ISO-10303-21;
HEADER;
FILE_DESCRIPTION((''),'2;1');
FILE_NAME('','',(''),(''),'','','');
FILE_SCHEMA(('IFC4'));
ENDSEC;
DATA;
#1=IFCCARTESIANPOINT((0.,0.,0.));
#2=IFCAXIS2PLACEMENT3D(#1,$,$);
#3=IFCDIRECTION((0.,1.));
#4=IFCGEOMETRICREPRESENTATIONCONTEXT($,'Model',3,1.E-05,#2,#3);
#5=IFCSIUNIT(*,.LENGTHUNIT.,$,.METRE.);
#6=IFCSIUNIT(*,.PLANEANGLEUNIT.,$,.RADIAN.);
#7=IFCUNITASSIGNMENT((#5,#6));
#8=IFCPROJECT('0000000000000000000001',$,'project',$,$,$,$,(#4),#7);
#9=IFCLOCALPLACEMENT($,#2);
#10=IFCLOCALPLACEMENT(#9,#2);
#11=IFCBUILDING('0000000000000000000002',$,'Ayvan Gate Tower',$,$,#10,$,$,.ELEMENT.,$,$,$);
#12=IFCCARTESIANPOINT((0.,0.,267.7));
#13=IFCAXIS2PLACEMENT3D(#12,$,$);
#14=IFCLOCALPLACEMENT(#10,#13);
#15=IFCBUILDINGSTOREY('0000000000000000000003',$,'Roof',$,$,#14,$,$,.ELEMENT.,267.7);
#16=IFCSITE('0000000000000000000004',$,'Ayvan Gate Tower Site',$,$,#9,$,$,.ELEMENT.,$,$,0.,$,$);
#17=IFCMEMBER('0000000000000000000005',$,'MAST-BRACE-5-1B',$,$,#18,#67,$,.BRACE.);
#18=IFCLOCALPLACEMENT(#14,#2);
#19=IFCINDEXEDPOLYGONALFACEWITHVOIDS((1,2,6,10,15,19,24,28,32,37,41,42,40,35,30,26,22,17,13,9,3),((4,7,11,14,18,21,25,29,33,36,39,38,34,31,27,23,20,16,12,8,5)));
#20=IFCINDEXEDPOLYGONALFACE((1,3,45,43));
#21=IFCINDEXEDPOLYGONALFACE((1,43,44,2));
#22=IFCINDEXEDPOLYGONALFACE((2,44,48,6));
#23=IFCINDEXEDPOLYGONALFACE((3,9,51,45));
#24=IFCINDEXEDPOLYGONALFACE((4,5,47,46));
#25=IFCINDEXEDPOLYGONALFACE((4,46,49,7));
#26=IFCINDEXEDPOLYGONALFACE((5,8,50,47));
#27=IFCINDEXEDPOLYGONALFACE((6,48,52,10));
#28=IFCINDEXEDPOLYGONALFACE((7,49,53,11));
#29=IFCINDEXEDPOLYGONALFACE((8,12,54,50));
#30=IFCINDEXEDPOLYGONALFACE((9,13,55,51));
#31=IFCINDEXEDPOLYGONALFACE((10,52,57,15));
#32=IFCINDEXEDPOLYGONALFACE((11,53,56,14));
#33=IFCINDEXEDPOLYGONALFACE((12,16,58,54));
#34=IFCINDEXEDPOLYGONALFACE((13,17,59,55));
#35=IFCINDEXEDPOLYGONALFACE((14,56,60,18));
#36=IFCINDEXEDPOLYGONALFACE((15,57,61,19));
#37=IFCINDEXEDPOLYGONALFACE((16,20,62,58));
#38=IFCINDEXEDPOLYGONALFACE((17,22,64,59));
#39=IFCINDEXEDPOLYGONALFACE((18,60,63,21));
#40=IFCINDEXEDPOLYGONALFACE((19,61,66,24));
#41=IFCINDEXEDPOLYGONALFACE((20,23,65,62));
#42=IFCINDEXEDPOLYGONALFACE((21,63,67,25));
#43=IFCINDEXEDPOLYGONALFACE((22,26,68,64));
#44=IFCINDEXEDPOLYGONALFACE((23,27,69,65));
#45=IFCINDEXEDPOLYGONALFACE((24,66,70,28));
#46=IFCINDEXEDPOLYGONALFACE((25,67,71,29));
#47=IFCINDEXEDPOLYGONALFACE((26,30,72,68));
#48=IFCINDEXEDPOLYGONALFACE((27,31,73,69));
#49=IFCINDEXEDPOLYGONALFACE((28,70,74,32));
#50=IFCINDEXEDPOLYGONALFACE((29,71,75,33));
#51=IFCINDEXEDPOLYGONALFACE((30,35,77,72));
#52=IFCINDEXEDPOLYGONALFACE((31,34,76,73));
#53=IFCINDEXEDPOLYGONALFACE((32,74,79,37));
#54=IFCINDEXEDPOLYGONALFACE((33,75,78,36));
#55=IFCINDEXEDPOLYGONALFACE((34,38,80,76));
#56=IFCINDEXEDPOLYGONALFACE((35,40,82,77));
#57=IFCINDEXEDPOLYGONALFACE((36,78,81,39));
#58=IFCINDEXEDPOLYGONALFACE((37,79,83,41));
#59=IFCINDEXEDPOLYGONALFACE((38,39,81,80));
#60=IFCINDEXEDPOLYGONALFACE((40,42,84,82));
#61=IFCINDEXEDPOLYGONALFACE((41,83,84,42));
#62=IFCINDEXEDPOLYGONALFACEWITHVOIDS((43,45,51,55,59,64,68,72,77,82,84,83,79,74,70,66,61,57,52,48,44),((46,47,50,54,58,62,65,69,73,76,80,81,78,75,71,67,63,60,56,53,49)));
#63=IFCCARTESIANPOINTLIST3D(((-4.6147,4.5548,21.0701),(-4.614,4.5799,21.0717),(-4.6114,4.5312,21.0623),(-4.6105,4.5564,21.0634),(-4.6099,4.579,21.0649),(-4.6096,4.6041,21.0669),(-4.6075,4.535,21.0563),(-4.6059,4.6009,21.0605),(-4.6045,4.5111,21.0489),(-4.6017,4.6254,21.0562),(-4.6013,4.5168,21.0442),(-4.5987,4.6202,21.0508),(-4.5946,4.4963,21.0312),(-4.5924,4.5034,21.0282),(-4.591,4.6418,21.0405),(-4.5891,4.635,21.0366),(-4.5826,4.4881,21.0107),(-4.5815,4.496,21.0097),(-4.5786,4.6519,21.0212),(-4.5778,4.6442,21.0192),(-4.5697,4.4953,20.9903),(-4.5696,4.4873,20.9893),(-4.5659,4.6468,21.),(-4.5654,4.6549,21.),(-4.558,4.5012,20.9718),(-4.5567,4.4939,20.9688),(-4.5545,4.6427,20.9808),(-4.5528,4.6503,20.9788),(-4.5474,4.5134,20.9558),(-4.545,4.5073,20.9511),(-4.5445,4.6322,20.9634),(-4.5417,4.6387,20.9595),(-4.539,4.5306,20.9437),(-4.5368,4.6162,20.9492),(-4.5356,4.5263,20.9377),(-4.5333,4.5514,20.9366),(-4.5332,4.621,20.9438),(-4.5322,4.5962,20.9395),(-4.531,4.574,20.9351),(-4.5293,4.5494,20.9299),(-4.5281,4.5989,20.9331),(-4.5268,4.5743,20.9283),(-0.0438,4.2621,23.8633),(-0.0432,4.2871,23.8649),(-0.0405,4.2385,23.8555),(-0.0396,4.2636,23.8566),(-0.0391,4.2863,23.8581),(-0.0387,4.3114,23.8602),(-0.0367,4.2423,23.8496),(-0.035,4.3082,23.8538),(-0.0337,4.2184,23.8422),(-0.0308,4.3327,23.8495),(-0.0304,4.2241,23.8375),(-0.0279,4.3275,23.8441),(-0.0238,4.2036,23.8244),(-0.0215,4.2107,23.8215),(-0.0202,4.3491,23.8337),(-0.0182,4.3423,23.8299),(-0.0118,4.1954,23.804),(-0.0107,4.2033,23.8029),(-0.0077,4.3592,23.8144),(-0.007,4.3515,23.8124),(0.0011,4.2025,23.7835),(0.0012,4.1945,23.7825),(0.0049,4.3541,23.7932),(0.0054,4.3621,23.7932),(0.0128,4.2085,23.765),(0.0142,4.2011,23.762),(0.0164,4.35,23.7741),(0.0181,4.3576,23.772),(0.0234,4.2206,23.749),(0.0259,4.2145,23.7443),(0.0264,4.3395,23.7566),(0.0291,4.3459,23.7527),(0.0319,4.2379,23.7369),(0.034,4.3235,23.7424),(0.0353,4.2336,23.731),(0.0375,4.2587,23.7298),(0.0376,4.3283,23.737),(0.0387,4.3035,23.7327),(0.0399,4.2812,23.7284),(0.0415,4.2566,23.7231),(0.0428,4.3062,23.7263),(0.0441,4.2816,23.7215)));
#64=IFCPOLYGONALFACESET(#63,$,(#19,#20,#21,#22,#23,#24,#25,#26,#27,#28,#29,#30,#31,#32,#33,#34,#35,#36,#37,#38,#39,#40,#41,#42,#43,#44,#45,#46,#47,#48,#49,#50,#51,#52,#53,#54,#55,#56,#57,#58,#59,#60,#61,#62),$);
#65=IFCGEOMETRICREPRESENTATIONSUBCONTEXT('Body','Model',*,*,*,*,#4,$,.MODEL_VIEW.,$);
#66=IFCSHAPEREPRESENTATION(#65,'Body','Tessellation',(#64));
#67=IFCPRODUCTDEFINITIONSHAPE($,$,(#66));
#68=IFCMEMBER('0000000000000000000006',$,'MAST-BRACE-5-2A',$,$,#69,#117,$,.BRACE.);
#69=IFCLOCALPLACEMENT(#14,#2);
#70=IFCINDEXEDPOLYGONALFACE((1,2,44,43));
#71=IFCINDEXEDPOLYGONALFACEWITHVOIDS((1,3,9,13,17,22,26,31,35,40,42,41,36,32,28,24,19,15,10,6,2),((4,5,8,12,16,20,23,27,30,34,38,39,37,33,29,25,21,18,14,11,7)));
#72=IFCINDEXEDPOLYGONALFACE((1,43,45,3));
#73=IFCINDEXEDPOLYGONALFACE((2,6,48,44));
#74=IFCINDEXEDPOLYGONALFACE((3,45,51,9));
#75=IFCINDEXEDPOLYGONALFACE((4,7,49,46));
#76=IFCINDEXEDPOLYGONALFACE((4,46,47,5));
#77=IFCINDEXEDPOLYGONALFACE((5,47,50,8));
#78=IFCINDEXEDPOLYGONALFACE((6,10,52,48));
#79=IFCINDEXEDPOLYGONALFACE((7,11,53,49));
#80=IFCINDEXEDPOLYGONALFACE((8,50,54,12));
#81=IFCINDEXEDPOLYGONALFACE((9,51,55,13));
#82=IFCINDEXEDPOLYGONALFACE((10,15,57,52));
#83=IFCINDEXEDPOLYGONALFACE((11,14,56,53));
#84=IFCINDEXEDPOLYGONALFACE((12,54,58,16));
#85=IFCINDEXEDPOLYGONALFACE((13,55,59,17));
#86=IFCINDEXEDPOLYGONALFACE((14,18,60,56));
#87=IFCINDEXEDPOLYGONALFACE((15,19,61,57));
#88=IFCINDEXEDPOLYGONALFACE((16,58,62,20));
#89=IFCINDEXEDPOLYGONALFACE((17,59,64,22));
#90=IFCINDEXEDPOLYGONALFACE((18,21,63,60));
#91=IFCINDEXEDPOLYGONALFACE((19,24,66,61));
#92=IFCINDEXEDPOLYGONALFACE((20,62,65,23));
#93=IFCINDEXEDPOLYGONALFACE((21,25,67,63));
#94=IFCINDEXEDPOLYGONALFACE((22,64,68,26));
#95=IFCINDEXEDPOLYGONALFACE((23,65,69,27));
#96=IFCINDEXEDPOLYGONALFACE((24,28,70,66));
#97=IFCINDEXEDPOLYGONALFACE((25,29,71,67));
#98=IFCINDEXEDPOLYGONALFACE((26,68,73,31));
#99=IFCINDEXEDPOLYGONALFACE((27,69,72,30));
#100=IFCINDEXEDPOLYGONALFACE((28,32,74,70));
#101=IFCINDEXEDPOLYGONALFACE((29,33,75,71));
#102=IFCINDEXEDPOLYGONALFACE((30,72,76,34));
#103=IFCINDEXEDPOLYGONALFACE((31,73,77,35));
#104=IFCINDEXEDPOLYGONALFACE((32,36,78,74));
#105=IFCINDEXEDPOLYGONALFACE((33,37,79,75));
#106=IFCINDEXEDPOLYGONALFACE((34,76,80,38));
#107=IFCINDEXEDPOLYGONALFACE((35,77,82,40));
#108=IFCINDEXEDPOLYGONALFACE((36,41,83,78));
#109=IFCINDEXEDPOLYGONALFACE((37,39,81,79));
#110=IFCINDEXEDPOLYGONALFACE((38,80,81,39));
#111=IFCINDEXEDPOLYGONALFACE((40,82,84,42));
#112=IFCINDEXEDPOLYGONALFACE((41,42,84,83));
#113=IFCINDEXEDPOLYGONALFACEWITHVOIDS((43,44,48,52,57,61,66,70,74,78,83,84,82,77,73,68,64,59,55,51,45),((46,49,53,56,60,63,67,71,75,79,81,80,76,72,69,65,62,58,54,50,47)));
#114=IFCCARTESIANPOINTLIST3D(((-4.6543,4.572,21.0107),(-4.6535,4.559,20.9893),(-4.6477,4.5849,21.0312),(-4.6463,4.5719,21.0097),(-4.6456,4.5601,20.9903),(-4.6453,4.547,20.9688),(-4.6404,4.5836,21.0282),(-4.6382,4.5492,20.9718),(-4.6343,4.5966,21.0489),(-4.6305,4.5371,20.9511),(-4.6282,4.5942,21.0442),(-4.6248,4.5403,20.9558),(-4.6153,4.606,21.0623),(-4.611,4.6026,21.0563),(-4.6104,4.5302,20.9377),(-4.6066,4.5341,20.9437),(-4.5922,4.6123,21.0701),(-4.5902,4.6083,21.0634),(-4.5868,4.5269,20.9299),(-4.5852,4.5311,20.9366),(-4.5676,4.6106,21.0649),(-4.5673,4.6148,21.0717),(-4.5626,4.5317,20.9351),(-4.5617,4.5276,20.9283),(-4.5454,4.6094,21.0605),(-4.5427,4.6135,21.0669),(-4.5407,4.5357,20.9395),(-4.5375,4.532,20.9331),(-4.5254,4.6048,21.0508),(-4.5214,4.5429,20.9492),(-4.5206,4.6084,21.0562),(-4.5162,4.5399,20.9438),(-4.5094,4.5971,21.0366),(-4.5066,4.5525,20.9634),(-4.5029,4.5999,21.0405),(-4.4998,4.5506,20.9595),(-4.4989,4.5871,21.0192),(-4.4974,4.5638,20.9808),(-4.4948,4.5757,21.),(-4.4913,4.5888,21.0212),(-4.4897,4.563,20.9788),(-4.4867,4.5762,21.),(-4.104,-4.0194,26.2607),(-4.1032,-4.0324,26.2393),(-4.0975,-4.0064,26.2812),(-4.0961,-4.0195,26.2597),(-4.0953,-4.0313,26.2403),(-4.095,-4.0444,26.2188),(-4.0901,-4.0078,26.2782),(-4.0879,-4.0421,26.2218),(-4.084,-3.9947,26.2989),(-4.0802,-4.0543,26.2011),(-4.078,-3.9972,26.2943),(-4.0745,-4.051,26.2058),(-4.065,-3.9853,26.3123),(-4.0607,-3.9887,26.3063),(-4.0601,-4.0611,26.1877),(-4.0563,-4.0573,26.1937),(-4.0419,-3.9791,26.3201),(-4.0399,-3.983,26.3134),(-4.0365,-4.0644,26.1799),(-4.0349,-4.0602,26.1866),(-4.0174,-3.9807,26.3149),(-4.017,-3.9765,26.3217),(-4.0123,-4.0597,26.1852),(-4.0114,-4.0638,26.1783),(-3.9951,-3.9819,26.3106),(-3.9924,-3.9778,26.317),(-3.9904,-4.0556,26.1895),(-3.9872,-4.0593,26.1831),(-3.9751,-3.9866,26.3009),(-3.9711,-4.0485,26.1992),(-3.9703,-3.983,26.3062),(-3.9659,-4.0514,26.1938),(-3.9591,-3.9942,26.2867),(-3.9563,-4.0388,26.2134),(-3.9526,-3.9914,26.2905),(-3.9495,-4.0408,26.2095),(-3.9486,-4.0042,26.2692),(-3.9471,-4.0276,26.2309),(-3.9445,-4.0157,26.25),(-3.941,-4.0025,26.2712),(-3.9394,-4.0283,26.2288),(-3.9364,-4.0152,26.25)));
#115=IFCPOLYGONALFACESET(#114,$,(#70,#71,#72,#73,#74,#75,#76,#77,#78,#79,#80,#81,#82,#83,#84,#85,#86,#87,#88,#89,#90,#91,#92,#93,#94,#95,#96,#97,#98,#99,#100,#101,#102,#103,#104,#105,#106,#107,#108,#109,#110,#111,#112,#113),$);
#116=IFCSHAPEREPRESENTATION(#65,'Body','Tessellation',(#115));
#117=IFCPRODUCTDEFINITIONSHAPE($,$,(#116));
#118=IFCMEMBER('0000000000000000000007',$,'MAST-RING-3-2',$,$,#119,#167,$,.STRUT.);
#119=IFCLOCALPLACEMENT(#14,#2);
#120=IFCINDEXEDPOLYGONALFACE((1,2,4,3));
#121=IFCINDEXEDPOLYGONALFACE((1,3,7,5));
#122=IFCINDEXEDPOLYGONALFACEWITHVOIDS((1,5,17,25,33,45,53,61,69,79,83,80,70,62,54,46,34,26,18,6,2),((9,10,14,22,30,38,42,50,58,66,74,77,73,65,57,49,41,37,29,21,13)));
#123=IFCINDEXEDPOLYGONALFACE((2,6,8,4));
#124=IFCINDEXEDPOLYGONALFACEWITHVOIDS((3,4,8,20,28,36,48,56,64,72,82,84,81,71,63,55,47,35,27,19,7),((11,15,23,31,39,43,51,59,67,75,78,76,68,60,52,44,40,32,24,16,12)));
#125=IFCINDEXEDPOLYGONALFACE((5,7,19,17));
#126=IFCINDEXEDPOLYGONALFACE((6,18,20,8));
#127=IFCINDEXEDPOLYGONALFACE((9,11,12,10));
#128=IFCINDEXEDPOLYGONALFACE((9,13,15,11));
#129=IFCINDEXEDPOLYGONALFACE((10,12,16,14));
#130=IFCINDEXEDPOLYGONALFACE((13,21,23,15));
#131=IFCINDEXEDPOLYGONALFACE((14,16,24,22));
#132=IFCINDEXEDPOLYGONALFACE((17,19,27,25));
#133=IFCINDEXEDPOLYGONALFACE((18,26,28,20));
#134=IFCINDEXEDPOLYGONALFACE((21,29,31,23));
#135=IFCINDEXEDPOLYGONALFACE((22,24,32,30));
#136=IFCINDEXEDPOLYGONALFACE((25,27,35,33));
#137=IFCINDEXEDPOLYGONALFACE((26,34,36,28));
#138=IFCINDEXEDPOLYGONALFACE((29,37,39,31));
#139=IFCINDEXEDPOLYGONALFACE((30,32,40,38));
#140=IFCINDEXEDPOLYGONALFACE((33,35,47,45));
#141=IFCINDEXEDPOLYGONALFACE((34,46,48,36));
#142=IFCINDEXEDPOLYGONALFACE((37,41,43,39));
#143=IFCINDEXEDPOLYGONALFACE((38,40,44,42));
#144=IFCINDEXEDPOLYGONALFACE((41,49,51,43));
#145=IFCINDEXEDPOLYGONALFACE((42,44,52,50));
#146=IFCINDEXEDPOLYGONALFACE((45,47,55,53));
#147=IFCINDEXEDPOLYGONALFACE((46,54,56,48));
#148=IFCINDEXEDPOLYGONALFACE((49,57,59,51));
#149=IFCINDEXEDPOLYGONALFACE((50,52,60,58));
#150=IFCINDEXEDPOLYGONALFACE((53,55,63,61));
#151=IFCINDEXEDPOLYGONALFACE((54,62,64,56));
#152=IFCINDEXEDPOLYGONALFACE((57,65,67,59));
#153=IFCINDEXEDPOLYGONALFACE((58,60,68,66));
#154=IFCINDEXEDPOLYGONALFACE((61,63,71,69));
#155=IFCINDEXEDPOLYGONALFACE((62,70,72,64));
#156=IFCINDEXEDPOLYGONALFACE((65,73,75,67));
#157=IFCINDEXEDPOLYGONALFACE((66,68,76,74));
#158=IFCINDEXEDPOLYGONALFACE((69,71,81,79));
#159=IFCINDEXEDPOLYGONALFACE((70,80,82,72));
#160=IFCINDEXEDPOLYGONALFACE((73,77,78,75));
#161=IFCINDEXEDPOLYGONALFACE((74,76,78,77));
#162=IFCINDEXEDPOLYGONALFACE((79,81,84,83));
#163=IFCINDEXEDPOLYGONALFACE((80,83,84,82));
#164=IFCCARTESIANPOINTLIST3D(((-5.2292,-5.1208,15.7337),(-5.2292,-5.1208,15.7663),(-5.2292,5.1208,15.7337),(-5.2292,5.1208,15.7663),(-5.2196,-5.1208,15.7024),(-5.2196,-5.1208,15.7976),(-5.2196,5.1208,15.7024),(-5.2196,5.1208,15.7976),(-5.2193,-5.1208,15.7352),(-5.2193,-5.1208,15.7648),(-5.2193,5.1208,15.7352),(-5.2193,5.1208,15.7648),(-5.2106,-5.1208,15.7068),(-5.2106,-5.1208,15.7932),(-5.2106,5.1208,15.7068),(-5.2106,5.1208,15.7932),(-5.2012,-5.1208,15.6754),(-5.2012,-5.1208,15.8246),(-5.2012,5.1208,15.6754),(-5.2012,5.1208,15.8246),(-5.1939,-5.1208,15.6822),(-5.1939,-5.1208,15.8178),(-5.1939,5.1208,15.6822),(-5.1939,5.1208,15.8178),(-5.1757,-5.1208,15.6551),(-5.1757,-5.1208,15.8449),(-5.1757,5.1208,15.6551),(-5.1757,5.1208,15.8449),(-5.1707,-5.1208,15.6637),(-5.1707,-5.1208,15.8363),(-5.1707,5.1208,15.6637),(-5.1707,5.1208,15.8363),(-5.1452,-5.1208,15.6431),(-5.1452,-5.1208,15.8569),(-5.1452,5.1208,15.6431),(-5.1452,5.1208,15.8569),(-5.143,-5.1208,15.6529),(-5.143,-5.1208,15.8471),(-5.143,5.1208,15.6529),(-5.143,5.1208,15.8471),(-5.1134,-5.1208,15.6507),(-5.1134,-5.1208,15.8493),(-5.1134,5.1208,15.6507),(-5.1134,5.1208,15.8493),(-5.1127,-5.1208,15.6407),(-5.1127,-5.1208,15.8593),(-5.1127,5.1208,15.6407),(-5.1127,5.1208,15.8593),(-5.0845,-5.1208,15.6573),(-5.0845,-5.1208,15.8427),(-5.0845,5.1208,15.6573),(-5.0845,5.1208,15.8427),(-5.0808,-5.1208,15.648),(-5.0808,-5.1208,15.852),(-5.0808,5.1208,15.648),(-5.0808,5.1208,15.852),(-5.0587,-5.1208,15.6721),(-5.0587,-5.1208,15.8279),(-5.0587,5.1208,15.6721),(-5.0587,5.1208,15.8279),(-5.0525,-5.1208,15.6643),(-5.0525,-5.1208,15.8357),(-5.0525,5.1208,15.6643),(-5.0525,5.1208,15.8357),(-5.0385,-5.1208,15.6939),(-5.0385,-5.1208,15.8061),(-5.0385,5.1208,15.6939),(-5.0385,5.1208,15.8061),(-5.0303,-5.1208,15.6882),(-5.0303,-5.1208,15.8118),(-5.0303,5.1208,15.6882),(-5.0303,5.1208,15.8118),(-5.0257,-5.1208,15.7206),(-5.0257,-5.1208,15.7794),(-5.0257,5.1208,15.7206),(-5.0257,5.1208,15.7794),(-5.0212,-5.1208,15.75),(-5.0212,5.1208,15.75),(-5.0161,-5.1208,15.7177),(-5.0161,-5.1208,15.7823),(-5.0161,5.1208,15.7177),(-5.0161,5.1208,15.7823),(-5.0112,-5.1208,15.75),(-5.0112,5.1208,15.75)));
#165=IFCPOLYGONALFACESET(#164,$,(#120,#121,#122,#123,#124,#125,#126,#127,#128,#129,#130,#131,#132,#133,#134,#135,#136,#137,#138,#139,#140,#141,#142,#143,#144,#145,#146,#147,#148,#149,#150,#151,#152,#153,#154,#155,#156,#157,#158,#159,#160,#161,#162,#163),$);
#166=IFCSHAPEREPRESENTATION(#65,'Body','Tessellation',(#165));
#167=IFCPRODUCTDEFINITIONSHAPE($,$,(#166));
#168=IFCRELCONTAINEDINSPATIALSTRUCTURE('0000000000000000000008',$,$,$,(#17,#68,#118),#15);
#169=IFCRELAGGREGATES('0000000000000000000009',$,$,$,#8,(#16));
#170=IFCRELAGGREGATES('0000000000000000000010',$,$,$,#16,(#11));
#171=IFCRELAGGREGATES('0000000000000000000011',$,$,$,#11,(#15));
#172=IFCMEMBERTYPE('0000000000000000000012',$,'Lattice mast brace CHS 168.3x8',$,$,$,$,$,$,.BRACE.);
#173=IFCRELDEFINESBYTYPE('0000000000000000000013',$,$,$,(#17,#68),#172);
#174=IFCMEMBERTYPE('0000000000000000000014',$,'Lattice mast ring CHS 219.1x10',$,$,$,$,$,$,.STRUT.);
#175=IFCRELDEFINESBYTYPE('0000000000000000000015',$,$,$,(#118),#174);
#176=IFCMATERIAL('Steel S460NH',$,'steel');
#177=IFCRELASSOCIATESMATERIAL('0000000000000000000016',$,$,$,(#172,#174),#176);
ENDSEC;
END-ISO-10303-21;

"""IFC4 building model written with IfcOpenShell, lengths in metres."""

from ifc_helpers import new_model, si_unit, direction, frame, origin, origin_2d, place, context, subcontext, project, spatial, hollow_circle, extrude, material, material_profile, profile_set, type_object, element, save


model = new_model("IFC4")

# Units and contexts
model_context = context("Model", 3, precision=1e-05, world=origin(), true_north=direction((0.0, 1.0)))
body_context = subcontext(model_context, "Body", "Model", "MODEL_VIEW")
ifc_project = project(units=[si_unit("LENGTHUNIT", "METRE"), si_unit("PLANEANGLEUNIT", "RADIAN")], contexts=[model_context])

# Site, building, storey
site_placement = place(None, origin())
site = spatial("IfcSite", under=ifc_project, at=site_placement, Name="Ayvan Gate Tower Site", CompositionType="ELEMENT", RefElevation=0.0)
building_placement = place(site_placement, origin())
building = spatial("IfcBuilding", under=site, at=building_placement, Name="Ayvan Gate Tower", CompositionType="ELEMENT")
storey_placement = place(building_placement, frame((0.0, 0.0, 267.7)))
storey = spatial("IfcBuildingStorey", under=building, at=storey_placement, Name="Roof", CompositionType="ELEMENT", Elevation=267.7)

# Members
ifc_material_1 = material(Name="Steel S460NH", Category="steel")
ifc_material_profile_1 = material_profile(ifc_material_1, hollow_circle(Radius=0.0842, WallThickness=0.0081, at=origin_2d()), Name="CHS 168.3x8")
ifc_profile_set_1 = profile_set([ifc_material_profile_1], Name="Steel S460NH")
member_type_1 = type_object("IfcMemberType", Name="Lattice mast brace CHS 168.3x8", PredefinedType="BRACE", material=ifc_profile_set_1)
member_1_placement = place(storey_placement, frame((-4.5708, 4.5708, 21.0), z_axis=(0.852015, -0.054565, 0.520666), x_axis=(0.063911, 0.997956, 0.0)))
element("IfcMember", 1, at=member_1_placement, inside=storey, type_object=member_type_1, Name="MAST-BRACE-5-1B", PredefinedType="BRACE", context=body_context, shape_type="SweptSolid", body=[
    extrude(hollow_circle(Radius=0.0842, WallThickness=0.0081, at=origin_2d()), origin(), (0.0, 0.0, 1.0), 5.3647),
])
member_2_placement = place(storey_placement, frame((-4.5708, 4.5708, 21.0), z_axis=(0.054574, -0.852021, 0.520655), x_axis=(0.997955, 0.063921, 0.0)))
element("IfcMember", 2, at=member_2_placement, inside=storey, type_object=member_type_1, Name="MAST-BRACE-5-2A", PredefinedType="BRACE", context=body_context, shape_type="SweptSolid", body=[
    extrude(hollow_circle(Radius=0.0842, WallThickness=0.0081, at=origin_2d()), origin(), (0.0, 0.0, 1.0), 10.0835),
])
ifc_material_profile_2 = material_profile(ifc_material_1, hollow_circle(Radius=0.1096, WallThickness=0.01, at=origin_2d()), Name="CHS 219.1x10")
ifc_profile_set_2 = profile_set([ifc_material_profile_2], Name="Steel S460NH")
member_type_2 = type_object("IfcMemberType", Name="Lattice mast ring CHS 219.1x10", PredefinedType="STRUT", material=ifc_profile_set_2)
member_3_placement = place(storey_placement, frame((-5.1208, 5.1208, 15.75), z_axis=(0.0, -1.0, 0.0), x_axis=(1.0, 0.0, 0.0)))
element("IfcMember", 3, at=member_3_placement, inside=storey, type_object=member_type_2, Name="MAST-RING-3-2", PredefinedType="STRUT", context=body_context, shape_type="SweptSolid", body=[
    extrude(hollow_circle(Radius=0.1096, WallThickness=0.01, at=origin_2d()), origin(), (0.0, 0.0, 1.0), 10.2417),
])

save(model, "model.ifc")
